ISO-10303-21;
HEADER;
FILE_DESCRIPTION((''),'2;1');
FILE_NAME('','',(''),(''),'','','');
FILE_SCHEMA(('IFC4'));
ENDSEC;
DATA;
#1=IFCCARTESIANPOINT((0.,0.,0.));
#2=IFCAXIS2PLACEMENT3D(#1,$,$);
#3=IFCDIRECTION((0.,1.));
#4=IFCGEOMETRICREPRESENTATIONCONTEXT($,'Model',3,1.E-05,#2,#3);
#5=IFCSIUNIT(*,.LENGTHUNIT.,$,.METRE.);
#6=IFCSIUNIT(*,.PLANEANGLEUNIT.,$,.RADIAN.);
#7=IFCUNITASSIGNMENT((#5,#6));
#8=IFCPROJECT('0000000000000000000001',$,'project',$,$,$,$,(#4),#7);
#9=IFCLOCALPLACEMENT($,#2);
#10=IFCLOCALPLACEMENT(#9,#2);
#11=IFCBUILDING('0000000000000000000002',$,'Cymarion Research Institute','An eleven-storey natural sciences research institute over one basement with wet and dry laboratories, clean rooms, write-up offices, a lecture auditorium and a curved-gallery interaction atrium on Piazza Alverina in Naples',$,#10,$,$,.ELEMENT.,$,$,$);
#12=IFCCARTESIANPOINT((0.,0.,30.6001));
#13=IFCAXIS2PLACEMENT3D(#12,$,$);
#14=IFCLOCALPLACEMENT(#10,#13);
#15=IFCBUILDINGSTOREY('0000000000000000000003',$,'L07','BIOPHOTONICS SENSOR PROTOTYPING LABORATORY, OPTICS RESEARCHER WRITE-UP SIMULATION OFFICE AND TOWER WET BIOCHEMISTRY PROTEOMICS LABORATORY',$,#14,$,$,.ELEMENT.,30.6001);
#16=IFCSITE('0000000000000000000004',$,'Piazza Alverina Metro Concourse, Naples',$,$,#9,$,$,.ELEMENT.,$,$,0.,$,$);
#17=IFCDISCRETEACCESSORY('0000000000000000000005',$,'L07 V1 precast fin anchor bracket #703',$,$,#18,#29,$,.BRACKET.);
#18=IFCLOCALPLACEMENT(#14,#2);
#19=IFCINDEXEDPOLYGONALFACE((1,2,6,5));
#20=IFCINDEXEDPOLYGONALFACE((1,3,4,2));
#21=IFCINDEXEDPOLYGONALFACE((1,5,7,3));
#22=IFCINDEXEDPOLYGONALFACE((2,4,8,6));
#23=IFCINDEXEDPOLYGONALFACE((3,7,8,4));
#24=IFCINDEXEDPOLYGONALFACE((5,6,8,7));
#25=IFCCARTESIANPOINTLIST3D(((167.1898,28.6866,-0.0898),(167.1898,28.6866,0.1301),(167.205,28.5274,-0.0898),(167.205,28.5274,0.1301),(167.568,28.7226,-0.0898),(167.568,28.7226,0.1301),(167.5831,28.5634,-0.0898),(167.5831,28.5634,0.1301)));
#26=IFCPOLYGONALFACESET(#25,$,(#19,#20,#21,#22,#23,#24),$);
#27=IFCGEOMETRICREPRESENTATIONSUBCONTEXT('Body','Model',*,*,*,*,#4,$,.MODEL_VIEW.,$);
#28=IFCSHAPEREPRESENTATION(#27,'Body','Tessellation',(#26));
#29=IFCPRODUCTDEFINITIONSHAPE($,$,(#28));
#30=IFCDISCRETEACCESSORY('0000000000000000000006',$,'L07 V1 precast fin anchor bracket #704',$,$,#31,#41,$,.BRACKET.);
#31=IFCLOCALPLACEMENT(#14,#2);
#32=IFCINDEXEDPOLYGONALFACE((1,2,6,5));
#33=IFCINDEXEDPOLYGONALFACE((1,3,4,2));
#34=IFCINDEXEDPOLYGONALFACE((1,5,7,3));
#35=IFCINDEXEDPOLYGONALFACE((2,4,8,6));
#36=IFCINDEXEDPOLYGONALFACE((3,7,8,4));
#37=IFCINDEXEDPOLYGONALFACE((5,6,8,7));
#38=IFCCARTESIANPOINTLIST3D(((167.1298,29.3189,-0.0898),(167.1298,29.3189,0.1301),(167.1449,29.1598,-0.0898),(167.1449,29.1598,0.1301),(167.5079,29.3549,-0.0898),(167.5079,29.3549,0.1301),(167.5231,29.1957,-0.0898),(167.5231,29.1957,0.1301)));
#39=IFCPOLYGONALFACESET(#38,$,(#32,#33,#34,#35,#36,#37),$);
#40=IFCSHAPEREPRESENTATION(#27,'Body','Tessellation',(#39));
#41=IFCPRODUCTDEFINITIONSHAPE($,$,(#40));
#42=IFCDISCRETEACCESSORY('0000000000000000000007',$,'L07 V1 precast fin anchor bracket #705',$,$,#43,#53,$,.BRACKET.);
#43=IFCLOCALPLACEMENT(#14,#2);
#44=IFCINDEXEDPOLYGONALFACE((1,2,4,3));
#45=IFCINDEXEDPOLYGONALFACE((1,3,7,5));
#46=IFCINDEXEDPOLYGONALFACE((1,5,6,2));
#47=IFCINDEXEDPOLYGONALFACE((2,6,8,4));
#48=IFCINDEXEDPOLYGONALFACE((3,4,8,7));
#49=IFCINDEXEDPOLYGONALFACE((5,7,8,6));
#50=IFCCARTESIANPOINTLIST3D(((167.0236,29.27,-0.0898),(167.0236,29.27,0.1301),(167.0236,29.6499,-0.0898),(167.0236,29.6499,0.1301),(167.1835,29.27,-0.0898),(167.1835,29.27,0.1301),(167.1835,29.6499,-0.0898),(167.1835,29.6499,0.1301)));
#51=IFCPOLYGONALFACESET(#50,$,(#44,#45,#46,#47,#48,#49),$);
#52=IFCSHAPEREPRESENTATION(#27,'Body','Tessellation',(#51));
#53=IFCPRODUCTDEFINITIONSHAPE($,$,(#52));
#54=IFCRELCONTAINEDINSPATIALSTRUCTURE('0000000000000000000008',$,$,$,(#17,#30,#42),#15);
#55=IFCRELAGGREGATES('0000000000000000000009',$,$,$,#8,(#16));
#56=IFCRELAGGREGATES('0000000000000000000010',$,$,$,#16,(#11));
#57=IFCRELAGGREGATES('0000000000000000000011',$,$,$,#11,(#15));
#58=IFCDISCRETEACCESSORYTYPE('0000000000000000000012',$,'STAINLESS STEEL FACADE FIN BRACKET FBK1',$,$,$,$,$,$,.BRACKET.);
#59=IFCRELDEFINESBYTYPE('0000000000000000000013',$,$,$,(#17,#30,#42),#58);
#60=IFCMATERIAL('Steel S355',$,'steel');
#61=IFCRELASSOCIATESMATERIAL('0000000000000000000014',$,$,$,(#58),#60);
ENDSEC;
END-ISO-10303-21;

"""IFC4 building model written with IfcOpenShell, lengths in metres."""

from ifc_helpers import new_model, si_unit, direction, frame, origin, origin_2d, place, context, subcontext, project, spatial, rectangle, extrude, material, type_object, element, save


model = new_model("IFC4")

# Units and contexts
model_context = context("Model", 3, precision=1e-05, world=origin(), true_north=direction((0.0, 1.0)))
body_context = subcontext(model_context, "Body", "Model", "MODEL_VIEW")
ifc_project = project(units=[si_unit("LENGTHUNIT", "METRE"), si_unit("PLANEANGLEUNIT", "RADIAN")], contexts=[model_context])

# Site, building, storey
site_placement = place(None, origin())
site = spatial("IfcSite", under=ifc_project, at=site_placement, Name="Piazza Alverina Metro Concourse, Naples", CompositionType="ELEMENT", RefElevation=0.0)
building_placement = place(site_placement, origin())
building = spatial("IfcBuilding", under=site, at=building_placement, Name="Cymarion Research Institute", Description="An eleven-storey natural sciences research institute over one basement with wet and dry laboratories, clean rooms, write-up offices, a lecture auditorium and a curved-gallery interaction atrium on Piazza Alverina in Naples", CompositionType="ELEMENT")
storey_placement = place(building_placement, frame((0.0, 0.0, 30.6001)))
storey = spatial("IfcBuildingStorey", under=building, at=storey_placement, Name="L07", Description="BIOPHOTONICS SENSOR PROTOTYPING LABORATORY, OPTICS RESEARCHER WRITE-UP SIMULATION OFFICE AND TOWER WET BIOCHEMISTRY PROTEOMICS LABORATORY", CompositionType="ELEMENT", Elevation=30.6001)

# Discrete accessories
ifc_material_1 = material(Name="Steel S355", Category="steel")
discrete_accessory_type = type_object("IfcDiscreteAccessoryType", Name="STAINLESS STEEL FACADE FIN BRACKET FBK1", PredefinedType="BRACKET", material=ifc_material_1)
for number, where, z_axis, x_axis, name in (
    (1, (167.3865, 28.625, -0.0898), (0.0, 0.0, 1.0), (0.995513, 0.09463, 0.0), "L07 V1 precast fin anchor bracket #703"),
    (2, (167.3264, 29.2573, -0.0898), (0.0, 0.0, 1.0), (0.995513, 0.09463, 0.0), "L07 V1 precast fin anchor bracket #704"),
    (3, (167.1035, 29.46, -0.0898), (0.0, 0.0, 1.0), (0.0, 1.0, 0.0), "L07 V1 precast fin anchor bracket #705"),
):
    element("IfcDiscreteAccessory", number, at=place(storey_placement, frame(where, z_axis=z_axis, x_axis=x_axis)), inside=storey, type_object=discrete_accessory_type, Name=name, PredefinedType="BRACKET", context=body_context, shape_type="SweptSolid", body=[
        extrude(rectangle(XDim=0.3799, YDim=0.1599, at=origin_2d()), origin(), (0.0, 0.0, 1.0), 0.22),
    ])

save(model, "model.ifc")
